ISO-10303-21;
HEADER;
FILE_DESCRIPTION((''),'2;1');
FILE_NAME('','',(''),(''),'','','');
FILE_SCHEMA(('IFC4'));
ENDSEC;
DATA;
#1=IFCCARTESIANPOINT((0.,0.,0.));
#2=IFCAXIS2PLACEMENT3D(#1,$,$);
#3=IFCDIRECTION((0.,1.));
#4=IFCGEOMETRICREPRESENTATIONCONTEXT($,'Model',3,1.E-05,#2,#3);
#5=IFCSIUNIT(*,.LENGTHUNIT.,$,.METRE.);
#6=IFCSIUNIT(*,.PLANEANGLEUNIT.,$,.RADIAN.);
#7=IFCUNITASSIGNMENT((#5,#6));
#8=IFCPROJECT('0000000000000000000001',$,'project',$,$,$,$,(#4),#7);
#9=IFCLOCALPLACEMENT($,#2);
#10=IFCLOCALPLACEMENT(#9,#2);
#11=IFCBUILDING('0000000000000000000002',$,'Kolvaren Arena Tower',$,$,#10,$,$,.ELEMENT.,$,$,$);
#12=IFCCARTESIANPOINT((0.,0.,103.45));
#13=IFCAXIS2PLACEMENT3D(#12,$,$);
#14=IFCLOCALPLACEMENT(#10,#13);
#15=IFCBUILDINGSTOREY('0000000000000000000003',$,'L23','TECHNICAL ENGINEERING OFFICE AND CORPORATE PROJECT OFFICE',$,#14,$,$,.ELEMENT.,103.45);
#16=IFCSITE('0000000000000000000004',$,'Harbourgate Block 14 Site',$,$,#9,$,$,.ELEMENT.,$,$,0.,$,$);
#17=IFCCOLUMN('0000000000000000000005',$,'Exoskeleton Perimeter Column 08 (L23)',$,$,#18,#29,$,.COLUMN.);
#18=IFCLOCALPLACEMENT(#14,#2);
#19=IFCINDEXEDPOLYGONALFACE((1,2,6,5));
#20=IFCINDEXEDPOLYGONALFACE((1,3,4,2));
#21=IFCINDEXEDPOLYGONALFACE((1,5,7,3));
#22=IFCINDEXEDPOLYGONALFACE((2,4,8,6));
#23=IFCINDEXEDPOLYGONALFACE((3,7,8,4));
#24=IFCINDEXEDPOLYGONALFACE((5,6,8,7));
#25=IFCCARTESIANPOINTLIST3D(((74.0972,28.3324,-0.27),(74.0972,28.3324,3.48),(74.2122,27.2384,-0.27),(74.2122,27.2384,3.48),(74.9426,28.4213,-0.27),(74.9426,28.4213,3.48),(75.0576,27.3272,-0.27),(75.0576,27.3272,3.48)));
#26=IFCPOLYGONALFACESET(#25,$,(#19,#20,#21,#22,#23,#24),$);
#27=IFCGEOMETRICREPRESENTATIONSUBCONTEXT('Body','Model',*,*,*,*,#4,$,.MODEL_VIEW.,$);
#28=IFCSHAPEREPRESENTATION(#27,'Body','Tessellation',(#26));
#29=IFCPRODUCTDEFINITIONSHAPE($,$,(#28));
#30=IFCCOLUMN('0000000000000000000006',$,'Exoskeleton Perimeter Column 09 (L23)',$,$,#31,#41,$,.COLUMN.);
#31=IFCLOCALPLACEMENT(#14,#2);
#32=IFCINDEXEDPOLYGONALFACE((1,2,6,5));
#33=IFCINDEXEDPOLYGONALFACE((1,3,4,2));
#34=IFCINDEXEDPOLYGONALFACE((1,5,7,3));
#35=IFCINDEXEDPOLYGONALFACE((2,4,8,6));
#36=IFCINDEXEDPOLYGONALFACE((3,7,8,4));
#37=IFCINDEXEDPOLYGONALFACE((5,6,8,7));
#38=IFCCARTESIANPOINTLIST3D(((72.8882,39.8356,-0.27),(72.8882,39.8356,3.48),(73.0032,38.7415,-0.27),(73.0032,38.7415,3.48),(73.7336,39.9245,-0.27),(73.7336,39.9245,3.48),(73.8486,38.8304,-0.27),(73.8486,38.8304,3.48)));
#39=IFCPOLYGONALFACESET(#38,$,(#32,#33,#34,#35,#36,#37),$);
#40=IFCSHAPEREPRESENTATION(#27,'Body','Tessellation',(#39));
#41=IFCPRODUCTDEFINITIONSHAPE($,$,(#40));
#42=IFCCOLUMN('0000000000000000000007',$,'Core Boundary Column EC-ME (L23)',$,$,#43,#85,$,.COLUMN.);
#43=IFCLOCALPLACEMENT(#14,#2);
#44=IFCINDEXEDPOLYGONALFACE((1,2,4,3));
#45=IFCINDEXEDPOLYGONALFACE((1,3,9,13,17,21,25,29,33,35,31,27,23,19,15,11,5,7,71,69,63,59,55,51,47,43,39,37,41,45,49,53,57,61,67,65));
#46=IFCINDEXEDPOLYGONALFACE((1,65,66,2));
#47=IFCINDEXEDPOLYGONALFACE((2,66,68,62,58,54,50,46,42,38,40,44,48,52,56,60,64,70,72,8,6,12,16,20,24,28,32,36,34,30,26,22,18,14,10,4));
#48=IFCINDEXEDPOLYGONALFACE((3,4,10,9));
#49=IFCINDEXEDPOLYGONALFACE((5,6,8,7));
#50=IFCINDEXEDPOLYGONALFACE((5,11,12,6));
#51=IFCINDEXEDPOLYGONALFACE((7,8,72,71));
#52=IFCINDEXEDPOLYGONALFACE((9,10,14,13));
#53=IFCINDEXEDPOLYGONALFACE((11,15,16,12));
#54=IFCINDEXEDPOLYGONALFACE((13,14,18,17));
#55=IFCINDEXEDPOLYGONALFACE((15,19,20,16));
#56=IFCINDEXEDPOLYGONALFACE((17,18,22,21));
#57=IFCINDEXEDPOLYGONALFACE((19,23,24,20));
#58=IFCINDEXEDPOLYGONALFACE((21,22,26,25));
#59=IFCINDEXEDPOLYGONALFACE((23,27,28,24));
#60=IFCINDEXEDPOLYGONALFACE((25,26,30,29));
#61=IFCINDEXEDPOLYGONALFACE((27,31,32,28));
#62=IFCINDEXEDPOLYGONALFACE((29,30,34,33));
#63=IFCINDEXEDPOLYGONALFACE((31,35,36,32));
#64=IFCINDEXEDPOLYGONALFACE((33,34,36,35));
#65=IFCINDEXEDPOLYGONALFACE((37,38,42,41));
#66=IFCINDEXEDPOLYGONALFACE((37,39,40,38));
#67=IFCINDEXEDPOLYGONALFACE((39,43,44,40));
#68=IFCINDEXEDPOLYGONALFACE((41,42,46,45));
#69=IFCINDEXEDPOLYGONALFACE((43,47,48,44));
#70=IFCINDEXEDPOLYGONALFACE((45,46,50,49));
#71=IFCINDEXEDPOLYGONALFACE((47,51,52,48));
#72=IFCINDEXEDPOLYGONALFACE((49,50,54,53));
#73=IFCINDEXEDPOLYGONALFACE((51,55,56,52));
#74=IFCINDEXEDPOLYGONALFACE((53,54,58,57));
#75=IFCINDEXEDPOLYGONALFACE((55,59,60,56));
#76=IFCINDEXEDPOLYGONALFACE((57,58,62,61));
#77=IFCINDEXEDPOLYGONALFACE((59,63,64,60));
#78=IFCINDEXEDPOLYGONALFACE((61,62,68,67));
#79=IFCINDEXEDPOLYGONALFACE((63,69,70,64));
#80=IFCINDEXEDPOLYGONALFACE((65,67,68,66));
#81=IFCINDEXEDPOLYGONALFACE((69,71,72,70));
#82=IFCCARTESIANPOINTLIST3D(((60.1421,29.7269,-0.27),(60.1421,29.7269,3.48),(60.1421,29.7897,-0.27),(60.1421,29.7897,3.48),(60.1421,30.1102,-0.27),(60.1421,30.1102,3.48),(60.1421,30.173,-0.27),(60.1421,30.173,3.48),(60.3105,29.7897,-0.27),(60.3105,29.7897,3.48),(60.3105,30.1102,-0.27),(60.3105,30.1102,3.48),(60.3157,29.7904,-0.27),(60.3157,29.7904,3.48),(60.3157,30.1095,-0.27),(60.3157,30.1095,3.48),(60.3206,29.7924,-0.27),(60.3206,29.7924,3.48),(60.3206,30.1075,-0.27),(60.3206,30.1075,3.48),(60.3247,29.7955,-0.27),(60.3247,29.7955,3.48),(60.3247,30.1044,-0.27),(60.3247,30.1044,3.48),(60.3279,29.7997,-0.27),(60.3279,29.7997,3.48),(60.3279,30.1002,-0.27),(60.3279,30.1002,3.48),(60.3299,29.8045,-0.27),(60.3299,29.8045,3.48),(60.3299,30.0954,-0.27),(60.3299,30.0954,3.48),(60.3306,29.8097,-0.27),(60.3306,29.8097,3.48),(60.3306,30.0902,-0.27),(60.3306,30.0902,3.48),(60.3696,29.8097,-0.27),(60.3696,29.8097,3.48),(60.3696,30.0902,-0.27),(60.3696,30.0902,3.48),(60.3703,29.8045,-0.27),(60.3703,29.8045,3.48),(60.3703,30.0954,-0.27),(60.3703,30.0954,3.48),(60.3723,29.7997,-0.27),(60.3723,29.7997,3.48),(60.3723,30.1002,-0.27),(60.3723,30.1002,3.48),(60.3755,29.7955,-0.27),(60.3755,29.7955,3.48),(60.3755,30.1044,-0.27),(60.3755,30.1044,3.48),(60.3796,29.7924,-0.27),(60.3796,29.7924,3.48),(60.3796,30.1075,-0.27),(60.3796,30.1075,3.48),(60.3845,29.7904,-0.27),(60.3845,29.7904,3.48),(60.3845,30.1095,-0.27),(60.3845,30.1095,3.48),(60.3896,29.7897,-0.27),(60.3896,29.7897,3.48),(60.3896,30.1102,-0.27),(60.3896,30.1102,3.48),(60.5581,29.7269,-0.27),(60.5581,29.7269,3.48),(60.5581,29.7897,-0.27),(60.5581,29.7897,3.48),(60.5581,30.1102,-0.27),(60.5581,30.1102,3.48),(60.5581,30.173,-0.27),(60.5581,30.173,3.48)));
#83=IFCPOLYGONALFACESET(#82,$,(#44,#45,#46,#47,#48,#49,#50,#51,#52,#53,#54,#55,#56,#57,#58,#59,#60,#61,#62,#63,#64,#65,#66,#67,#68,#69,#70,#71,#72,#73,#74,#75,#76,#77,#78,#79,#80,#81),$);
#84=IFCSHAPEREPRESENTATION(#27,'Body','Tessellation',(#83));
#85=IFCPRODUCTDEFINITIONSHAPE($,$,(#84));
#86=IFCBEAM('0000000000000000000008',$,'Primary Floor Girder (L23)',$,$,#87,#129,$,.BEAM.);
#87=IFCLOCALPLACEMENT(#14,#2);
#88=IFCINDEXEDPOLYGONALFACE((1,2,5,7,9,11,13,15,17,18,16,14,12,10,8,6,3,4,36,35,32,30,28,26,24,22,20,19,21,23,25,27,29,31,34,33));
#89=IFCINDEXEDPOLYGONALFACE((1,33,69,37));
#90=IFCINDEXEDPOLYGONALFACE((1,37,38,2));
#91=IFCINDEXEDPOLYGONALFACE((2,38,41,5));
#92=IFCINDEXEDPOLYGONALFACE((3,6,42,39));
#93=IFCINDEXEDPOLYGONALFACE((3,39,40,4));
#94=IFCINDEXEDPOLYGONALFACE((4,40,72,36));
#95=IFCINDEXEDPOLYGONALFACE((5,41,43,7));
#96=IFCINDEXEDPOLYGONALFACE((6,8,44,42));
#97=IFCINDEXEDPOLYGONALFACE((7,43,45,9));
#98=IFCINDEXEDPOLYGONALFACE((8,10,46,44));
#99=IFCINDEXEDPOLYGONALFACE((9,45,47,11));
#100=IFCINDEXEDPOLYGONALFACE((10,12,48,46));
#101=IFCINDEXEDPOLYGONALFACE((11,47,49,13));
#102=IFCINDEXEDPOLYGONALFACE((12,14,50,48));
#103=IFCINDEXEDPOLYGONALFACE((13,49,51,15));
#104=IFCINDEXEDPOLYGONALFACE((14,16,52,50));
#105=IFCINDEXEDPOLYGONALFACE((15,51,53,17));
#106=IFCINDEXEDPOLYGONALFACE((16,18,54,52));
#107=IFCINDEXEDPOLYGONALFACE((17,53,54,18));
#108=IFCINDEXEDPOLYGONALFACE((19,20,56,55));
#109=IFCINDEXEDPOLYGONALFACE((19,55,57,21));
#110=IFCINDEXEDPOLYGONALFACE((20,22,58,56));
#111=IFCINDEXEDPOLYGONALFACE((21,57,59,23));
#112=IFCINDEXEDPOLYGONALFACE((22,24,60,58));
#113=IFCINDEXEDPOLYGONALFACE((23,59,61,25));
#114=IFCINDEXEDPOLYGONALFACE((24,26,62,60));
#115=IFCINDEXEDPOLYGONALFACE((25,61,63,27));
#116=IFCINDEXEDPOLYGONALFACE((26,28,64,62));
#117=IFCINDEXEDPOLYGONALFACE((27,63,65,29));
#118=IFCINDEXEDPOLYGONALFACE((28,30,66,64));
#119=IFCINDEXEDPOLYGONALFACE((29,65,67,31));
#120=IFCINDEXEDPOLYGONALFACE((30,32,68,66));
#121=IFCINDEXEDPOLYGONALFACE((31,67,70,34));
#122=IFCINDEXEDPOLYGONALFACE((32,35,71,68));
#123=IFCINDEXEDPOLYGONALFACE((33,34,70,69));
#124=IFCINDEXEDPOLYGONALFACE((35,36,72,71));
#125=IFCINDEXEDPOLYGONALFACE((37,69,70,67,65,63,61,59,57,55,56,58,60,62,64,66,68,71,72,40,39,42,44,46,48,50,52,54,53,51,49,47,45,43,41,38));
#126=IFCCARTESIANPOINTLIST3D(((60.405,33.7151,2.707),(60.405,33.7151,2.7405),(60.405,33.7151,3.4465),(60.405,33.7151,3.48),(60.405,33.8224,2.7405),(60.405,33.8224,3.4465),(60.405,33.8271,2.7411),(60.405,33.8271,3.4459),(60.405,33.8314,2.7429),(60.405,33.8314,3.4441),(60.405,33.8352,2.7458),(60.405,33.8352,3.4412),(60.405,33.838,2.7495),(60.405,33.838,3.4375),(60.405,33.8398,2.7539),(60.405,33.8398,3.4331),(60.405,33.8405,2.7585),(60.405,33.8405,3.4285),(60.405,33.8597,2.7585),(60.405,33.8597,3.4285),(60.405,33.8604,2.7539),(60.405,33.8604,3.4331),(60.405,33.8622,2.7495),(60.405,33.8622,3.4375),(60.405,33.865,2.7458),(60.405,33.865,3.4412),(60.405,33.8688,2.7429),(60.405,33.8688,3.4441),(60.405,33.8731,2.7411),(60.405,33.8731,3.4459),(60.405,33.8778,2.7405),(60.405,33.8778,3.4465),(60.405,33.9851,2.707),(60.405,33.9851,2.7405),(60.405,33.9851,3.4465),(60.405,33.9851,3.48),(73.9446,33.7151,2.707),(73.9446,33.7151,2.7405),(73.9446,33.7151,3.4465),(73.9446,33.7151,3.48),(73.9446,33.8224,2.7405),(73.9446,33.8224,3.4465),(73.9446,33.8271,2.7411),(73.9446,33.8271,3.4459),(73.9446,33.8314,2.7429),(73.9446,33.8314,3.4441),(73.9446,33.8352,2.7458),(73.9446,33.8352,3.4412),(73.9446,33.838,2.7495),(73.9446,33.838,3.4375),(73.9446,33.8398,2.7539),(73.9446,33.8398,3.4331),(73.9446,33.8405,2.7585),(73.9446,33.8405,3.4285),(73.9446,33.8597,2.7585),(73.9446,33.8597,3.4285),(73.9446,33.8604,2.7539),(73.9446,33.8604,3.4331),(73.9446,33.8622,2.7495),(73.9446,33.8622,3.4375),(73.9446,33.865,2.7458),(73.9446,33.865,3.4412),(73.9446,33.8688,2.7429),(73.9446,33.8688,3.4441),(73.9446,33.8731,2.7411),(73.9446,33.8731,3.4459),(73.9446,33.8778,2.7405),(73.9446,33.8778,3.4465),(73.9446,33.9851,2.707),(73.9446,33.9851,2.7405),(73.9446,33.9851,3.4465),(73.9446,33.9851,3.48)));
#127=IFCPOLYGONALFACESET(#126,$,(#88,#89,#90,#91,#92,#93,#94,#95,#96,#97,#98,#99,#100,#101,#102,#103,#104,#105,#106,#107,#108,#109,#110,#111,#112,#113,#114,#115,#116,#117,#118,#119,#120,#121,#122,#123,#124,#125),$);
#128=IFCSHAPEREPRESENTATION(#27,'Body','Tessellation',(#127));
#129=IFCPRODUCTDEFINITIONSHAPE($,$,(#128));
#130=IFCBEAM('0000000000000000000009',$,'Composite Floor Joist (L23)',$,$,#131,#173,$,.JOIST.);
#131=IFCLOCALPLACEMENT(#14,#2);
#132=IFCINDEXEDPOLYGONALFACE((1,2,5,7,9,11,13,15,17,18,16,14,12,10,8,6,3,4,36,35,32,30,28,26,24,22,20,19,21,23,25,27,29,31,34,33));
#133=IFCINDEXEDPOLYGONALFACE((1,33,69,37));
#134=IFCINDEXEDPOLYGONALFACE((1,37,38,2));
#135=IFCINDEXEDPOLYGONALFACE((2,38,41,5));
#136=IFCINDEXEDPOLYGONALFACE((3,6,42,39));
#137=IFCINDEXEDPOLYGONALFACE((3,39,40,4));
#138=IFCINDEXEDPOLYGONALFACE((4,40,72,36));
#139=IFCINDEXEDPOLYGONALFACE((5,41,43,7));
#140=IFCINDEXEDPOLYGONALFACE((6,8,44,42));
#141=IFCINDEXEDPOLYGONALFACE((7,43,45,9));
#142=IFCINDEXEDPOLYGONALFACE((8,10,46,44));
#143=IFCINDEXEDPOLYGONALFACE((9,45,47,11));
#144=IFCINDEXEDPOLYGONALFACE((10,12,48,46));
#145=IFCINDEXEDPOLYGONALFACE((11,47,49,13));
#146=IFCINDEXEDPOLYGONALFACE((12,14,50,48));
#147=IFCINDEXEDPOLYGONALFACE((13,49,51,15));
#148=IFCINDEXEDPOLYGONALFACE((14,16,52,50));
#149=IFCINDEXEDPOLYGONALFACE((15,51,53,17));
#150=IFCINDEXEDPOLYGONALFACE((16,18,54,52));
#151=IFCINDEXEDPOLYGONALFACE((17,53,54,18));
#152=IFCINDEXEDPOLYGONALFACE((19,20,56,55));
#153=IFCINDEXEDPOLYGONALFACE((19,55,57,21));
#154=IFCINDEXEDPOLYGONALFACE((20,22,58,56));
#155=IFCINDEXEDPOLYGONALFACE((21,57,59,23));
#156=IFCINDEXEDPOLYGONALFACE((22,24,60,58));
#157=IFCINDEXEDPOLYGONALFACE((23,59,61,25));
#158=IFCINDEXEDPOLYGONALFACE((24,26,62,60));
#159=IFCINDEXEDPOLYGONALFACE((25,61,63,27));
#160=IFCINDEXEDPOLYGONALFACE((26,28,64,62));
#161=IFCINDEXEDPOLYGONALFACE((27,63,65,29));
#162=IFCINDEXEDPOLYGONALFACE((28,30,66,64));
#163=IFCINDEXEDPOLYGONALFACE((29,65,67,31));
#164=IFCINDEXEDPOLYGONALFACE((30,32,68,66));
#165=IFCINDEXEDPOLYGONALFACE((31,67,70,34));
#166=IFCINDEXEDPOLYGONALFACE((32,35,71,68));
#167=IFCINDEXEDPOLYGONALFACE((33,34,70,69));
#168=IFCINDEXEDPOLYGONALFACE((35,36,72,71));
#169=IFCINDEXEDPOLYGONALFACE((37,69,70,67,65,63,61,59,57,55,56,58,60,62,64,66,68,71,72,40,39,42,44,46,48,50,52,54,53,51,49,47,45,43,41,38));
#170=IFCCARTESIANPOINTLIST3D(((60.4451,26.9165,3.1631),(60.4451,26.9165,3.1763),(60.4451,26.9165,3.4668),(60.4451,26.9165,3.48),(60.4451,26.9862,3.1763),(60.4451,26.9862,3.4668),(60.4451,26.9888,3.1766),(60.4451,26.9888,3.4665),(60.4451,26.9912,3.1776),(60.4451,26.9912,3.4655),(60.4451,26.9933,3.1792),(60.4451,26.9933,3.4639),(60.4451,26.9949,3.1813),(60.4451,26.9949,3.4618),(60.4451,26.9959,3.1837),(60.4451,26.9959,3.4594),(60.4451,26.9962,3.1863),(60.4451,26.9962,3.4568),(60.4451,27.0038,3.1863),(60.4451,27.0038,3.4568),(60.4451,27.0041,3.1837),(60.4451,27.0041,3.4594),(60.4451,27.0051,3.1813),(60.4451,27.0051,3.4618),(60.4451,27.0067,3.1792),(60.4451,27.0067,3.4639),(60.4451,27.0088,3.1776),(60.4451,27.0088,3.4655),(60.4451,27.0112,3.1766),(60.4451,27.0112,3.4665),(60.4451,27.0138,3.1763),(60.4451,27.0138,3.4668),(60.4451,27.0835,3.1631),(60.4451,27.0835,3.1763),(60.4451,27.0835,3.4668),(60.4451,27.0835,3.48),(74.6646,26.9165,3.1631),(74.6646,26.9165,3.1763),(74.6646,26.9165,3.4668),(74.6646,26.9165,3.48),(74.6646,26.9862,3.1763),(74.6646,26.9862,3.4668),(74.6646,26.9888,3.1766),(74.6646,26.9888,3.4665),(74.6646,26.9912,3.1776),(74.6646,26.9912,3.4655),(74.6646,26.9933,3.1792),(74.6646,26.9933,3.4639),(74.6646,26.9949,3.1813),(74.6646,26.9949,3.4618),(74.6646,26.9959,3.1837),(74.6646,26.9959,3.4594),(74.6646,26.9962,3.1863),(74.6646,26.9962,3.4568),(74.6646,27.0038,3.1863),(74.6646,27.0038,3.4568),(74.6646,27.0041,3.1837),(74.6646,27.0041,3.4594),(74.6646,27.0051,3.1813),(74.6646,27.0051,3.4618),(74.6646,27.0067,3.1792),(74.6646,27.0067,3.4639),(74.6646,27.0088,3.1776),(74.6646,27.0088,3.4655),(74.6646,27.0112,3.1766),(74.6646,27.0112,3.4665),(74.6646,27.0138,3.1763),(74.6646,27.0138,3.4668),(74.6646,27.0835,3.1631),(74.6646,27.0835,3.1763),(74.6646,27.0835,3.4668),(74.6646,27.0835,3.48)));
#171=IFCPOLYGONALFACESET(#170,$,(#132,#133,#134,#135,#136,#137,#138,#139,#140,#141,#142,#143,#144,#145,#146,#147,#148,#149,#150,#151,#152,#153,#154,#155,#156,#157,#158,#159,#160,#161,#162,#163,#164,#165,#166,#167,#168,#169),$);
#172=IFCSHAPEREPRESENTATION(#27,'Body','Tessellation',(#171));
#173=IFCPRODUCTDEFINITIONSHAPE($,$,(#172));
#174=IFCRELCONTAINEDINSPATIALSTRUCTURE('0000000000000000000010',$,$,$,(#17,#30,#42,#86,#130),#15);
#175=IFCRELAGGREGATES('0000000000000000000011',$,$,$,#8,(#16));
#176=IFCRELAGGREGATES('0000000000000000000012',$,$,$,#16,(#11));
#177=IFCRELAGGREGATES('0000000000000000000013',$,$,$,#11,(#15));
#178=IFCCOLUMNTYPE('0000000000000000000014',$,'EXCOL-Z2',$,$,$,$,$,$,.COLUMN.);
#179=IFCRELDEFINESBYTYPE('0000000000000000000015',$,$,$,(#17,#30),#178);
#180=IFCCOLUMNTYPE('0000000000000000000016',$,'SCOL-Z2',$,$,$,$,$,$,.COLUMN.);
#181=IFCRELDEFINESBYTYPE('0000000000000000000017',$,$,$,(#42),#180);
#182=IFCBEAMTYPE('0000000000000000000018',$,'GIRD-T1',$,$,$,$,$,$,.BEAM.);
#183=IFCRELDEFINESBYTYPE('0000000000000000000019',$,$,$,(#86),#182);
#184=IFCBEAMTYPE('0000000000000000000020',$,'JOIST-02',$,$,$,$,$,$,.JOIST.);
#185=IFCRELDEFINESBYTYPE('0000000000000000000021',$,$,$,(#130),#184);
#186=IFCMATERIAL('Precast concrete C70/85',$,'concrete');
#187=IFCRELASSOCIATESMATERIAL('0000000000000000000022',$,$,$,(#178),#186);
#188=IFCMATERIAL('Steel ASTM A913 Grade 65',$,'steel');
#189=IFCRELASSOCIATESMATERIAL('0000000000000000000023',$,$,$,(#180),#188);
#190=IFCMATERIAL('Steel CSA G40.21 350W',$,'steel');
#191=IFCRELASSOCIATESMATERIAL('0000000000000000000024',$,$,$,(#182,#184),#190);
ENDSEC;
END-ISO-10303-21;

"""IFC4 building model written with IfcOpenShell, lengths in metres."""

from ifc_helpers import new_model, si_unit, direction, frame, origin, origin_2d, place, context, subcontext, project, spatial, rectangle, i_section, extrude, material, material_profile, profile_set, type_object, element, save


model = new_model("IFC4")

# Units and contexts
model_context = context("Model", 3, precision=1e-05, world=origin(), true_north=direction((0.0, 1.0)))
body_context = subcontext(model_context, "Body", "Model", "MODEL_VIEW")
ifc_project = project(units=[si_unit("LENGTHUNIT", "METRE"), si_unit("PLANEANGLEUNIT", "RADIAN")], contexts=[model_context])

# Site, building, storey
site_placement = place(None, origin())
site = spatial("IfcSite", under=ifc_project, at=site_placement, Name="Harbourgate Block 14 Site", CompositionType="ELEMENT", RefElevation=0.0)
building_placement = place(site_placement, origin())
building = spatial("IfcBuilding", under=site, at=building_placement, Name="Kolvaren Arena Tower", CompositionType="ELEMENT")
storey_placement = place(building_placement, frame((0.0, 0.0, 103.45)))
storey = spatial("IfcBuildingStorey", under=building, at=storey_placement, Name="L23", Description="TECHNICAL ENGINEERING OFFICE AND CORPORATE PROJECT OFFICE", CompositionType="ELEMENT", Elevation=103.45)

# Columns
ifc_material_1 = material(Name="Precast concrete C70/85", Category="concrete")
ifc_material_profile_1 = material_profile(ifc_material_1, rectangle(XDim=1.1001, YDim=0.8501, at=origin_2d()), Name="RC-1100x850")
ifc_profile_set_1 = profile_set([ifc_material_profile_1], Name="Precast concrete C70/85")
column_type_1 = type_object("IfcColumnType", Name="EXCOL-Z2", PredefinedType="COLUMN", material=ifc_profile_set_1)
for number, where, z_axis, x_axis, name in (
    (1, (74.5774, 27.8298, -0.27), (0.0, 0.0, 1.0), (-0.104528, 0.994522, 0.0), "Exoskeleton Perimeter Column 08 (L23)"),
    (2, (73.3684, 39.333, -0.27), (0.0, 0.0, 1.0), (-0.104528, 0.994522, 0.0), "Exoskeleton Perimeter Column 09 (L23)"),
):
    element("IfcColumn", number, at=place(storey_placement, frame(where, z_axis=z_axis, x_axis=x_axis)), inside=storey, type_object=column_type_1, Name=name, PredefinedType="COLUMN", context=body_context, shape_type="SweptSolid", body=[
        extrude(rectangle(XDim=1.1001, YDim=0.8501, at=origin_2d()), origin(), (0.0, 0.0, 1.0), 3.75),
    ])
ifc_material_2 = material(Name="Steel ASTM A913 Grade 65", Category="steel")
ifc_material_profile_2 = material_profile(ifc_material_2, i_section(OverallWidth=0.416, OverallDepth=0.446, WebThickness=0.0391, FlangeThickness=0.0627, FilletRadius=0.02, at=origin_2d()), Name="W360x509")
ifc_profile_set_2 = profile_set([ifc_material_profile_2], Name="Steel ASTM A913 Grade 65")
column_type_2 = type_object("IfcColumnType", Name="SCOL-Z2", PredefinedType="COLUMN", material=ifc_profile_set_2)
column_placement = place(storey_placement, frame((60.3501, 29.95, -0.27), z_axis=(0.0, 0.0, 1.0), x_axis=(1.0, 0.0, 0.0)))
element("IfcColumn", 3, at=column_placement, inside=storey, type_object=column_type_2, Name="Core Boundary Column EC-ME (L23)", PredefinedType="COLUMN", context=body_context, shape_type="SweptSolid", body=[
    extrude(i_section(OverallWidth=0.416, OverallDepth=0.446, WebThickness=0.0391, FlangeThickness=0.0627, FilletRadius=0.02, at=origin_2d()), origin(), (0.0, 0.0, 1.0), 3.75),
])

# Beams
ifc_material_3 = material(Name="Steel CSA G40.21 350W", Category="steel")
ifc_material_profile_3 = material_profile(ifc_material_3, i_section(OverallWidth=0.27, OverallDepth=0.7729, WebThickness=0.0193, FlangeThickness=0.0334, FilletRadius=0.0181, at=origin_2d()), Name="W760x257")
ifc_profile_set_3 = profile_set([ifc_material_profile_3], Name="Steel CSA G40.21 350W")
beam_type_1 = type_object("IfcBeamType", Name="GIRD-T1", PredefinedType="BEAM", material=ifc_profile_set_3)
beam_1_placement = place(storey_placement, frame((60.405, 33.8501, 3.0935), z_axis=(1.0, 0.0, 0.0), x_axis=(0.0, 1.0, 0.0)))
element("IfcBeam", 4, at=beam_1_placement, inside=storey, type_object=beam_type_1, Name="Primary Floor Girder (L23)", PredefinedType="BEAM", context=body_context, shape_type="SweptSolid", body=[
    extrude(i_section(OverallWidth=0.27, OverallDepth=0.7729, WebThickness=0.0193, FlangeThickness=0.0334, FilletRadius=0.0181, at=origin_2d()), origin(), (0.0, 0.0, 1.0), 13.5396),
])
ifc_material_profile_4 = material_profile(ifc_material_3, i_section(OverallWidth=0.167, OverallDepth=0.3169, WebThickness=0.0076, FlangeThickness=0.0132, FilletRadius=0.01, at=origin_2d()), Name="W310x52")
ifc_profile_set_4 = profile_set([ifc_material_profile_4], Name="Steel CSA G40.21 350W")
beam_type_2 = type_object("IfcBeamType", Name="JOIST-02", PredefinedType="JOIST", material=ifc_profile_set_4)
beam_2_placement = place(storey_placement, frame((60.4451, 27.0, 3.3215), z_axis=(1.0, 0.0, 0.0), x_axis=(0.0, 1.0, 0.0)))
element("IfcBeam", 5, at=beam_2_placement, inside=storey, type_object=beam_type_2, Name="Composite Floor Joist (L23)", PredefinedType="JOIST", context=body_context, shape_type="SweptSolid", body=[
    extrude(i_section(OverallWidth=0.167, OverallDepth=0.3169, WebThickness=0.0076, FlangeThickness=0.0132, FilletRadius=0.01, at=origin_2d()), origin(), (0.0, 0.0, 1.0), 14.2195),
])

save(model, "model.ifc")
